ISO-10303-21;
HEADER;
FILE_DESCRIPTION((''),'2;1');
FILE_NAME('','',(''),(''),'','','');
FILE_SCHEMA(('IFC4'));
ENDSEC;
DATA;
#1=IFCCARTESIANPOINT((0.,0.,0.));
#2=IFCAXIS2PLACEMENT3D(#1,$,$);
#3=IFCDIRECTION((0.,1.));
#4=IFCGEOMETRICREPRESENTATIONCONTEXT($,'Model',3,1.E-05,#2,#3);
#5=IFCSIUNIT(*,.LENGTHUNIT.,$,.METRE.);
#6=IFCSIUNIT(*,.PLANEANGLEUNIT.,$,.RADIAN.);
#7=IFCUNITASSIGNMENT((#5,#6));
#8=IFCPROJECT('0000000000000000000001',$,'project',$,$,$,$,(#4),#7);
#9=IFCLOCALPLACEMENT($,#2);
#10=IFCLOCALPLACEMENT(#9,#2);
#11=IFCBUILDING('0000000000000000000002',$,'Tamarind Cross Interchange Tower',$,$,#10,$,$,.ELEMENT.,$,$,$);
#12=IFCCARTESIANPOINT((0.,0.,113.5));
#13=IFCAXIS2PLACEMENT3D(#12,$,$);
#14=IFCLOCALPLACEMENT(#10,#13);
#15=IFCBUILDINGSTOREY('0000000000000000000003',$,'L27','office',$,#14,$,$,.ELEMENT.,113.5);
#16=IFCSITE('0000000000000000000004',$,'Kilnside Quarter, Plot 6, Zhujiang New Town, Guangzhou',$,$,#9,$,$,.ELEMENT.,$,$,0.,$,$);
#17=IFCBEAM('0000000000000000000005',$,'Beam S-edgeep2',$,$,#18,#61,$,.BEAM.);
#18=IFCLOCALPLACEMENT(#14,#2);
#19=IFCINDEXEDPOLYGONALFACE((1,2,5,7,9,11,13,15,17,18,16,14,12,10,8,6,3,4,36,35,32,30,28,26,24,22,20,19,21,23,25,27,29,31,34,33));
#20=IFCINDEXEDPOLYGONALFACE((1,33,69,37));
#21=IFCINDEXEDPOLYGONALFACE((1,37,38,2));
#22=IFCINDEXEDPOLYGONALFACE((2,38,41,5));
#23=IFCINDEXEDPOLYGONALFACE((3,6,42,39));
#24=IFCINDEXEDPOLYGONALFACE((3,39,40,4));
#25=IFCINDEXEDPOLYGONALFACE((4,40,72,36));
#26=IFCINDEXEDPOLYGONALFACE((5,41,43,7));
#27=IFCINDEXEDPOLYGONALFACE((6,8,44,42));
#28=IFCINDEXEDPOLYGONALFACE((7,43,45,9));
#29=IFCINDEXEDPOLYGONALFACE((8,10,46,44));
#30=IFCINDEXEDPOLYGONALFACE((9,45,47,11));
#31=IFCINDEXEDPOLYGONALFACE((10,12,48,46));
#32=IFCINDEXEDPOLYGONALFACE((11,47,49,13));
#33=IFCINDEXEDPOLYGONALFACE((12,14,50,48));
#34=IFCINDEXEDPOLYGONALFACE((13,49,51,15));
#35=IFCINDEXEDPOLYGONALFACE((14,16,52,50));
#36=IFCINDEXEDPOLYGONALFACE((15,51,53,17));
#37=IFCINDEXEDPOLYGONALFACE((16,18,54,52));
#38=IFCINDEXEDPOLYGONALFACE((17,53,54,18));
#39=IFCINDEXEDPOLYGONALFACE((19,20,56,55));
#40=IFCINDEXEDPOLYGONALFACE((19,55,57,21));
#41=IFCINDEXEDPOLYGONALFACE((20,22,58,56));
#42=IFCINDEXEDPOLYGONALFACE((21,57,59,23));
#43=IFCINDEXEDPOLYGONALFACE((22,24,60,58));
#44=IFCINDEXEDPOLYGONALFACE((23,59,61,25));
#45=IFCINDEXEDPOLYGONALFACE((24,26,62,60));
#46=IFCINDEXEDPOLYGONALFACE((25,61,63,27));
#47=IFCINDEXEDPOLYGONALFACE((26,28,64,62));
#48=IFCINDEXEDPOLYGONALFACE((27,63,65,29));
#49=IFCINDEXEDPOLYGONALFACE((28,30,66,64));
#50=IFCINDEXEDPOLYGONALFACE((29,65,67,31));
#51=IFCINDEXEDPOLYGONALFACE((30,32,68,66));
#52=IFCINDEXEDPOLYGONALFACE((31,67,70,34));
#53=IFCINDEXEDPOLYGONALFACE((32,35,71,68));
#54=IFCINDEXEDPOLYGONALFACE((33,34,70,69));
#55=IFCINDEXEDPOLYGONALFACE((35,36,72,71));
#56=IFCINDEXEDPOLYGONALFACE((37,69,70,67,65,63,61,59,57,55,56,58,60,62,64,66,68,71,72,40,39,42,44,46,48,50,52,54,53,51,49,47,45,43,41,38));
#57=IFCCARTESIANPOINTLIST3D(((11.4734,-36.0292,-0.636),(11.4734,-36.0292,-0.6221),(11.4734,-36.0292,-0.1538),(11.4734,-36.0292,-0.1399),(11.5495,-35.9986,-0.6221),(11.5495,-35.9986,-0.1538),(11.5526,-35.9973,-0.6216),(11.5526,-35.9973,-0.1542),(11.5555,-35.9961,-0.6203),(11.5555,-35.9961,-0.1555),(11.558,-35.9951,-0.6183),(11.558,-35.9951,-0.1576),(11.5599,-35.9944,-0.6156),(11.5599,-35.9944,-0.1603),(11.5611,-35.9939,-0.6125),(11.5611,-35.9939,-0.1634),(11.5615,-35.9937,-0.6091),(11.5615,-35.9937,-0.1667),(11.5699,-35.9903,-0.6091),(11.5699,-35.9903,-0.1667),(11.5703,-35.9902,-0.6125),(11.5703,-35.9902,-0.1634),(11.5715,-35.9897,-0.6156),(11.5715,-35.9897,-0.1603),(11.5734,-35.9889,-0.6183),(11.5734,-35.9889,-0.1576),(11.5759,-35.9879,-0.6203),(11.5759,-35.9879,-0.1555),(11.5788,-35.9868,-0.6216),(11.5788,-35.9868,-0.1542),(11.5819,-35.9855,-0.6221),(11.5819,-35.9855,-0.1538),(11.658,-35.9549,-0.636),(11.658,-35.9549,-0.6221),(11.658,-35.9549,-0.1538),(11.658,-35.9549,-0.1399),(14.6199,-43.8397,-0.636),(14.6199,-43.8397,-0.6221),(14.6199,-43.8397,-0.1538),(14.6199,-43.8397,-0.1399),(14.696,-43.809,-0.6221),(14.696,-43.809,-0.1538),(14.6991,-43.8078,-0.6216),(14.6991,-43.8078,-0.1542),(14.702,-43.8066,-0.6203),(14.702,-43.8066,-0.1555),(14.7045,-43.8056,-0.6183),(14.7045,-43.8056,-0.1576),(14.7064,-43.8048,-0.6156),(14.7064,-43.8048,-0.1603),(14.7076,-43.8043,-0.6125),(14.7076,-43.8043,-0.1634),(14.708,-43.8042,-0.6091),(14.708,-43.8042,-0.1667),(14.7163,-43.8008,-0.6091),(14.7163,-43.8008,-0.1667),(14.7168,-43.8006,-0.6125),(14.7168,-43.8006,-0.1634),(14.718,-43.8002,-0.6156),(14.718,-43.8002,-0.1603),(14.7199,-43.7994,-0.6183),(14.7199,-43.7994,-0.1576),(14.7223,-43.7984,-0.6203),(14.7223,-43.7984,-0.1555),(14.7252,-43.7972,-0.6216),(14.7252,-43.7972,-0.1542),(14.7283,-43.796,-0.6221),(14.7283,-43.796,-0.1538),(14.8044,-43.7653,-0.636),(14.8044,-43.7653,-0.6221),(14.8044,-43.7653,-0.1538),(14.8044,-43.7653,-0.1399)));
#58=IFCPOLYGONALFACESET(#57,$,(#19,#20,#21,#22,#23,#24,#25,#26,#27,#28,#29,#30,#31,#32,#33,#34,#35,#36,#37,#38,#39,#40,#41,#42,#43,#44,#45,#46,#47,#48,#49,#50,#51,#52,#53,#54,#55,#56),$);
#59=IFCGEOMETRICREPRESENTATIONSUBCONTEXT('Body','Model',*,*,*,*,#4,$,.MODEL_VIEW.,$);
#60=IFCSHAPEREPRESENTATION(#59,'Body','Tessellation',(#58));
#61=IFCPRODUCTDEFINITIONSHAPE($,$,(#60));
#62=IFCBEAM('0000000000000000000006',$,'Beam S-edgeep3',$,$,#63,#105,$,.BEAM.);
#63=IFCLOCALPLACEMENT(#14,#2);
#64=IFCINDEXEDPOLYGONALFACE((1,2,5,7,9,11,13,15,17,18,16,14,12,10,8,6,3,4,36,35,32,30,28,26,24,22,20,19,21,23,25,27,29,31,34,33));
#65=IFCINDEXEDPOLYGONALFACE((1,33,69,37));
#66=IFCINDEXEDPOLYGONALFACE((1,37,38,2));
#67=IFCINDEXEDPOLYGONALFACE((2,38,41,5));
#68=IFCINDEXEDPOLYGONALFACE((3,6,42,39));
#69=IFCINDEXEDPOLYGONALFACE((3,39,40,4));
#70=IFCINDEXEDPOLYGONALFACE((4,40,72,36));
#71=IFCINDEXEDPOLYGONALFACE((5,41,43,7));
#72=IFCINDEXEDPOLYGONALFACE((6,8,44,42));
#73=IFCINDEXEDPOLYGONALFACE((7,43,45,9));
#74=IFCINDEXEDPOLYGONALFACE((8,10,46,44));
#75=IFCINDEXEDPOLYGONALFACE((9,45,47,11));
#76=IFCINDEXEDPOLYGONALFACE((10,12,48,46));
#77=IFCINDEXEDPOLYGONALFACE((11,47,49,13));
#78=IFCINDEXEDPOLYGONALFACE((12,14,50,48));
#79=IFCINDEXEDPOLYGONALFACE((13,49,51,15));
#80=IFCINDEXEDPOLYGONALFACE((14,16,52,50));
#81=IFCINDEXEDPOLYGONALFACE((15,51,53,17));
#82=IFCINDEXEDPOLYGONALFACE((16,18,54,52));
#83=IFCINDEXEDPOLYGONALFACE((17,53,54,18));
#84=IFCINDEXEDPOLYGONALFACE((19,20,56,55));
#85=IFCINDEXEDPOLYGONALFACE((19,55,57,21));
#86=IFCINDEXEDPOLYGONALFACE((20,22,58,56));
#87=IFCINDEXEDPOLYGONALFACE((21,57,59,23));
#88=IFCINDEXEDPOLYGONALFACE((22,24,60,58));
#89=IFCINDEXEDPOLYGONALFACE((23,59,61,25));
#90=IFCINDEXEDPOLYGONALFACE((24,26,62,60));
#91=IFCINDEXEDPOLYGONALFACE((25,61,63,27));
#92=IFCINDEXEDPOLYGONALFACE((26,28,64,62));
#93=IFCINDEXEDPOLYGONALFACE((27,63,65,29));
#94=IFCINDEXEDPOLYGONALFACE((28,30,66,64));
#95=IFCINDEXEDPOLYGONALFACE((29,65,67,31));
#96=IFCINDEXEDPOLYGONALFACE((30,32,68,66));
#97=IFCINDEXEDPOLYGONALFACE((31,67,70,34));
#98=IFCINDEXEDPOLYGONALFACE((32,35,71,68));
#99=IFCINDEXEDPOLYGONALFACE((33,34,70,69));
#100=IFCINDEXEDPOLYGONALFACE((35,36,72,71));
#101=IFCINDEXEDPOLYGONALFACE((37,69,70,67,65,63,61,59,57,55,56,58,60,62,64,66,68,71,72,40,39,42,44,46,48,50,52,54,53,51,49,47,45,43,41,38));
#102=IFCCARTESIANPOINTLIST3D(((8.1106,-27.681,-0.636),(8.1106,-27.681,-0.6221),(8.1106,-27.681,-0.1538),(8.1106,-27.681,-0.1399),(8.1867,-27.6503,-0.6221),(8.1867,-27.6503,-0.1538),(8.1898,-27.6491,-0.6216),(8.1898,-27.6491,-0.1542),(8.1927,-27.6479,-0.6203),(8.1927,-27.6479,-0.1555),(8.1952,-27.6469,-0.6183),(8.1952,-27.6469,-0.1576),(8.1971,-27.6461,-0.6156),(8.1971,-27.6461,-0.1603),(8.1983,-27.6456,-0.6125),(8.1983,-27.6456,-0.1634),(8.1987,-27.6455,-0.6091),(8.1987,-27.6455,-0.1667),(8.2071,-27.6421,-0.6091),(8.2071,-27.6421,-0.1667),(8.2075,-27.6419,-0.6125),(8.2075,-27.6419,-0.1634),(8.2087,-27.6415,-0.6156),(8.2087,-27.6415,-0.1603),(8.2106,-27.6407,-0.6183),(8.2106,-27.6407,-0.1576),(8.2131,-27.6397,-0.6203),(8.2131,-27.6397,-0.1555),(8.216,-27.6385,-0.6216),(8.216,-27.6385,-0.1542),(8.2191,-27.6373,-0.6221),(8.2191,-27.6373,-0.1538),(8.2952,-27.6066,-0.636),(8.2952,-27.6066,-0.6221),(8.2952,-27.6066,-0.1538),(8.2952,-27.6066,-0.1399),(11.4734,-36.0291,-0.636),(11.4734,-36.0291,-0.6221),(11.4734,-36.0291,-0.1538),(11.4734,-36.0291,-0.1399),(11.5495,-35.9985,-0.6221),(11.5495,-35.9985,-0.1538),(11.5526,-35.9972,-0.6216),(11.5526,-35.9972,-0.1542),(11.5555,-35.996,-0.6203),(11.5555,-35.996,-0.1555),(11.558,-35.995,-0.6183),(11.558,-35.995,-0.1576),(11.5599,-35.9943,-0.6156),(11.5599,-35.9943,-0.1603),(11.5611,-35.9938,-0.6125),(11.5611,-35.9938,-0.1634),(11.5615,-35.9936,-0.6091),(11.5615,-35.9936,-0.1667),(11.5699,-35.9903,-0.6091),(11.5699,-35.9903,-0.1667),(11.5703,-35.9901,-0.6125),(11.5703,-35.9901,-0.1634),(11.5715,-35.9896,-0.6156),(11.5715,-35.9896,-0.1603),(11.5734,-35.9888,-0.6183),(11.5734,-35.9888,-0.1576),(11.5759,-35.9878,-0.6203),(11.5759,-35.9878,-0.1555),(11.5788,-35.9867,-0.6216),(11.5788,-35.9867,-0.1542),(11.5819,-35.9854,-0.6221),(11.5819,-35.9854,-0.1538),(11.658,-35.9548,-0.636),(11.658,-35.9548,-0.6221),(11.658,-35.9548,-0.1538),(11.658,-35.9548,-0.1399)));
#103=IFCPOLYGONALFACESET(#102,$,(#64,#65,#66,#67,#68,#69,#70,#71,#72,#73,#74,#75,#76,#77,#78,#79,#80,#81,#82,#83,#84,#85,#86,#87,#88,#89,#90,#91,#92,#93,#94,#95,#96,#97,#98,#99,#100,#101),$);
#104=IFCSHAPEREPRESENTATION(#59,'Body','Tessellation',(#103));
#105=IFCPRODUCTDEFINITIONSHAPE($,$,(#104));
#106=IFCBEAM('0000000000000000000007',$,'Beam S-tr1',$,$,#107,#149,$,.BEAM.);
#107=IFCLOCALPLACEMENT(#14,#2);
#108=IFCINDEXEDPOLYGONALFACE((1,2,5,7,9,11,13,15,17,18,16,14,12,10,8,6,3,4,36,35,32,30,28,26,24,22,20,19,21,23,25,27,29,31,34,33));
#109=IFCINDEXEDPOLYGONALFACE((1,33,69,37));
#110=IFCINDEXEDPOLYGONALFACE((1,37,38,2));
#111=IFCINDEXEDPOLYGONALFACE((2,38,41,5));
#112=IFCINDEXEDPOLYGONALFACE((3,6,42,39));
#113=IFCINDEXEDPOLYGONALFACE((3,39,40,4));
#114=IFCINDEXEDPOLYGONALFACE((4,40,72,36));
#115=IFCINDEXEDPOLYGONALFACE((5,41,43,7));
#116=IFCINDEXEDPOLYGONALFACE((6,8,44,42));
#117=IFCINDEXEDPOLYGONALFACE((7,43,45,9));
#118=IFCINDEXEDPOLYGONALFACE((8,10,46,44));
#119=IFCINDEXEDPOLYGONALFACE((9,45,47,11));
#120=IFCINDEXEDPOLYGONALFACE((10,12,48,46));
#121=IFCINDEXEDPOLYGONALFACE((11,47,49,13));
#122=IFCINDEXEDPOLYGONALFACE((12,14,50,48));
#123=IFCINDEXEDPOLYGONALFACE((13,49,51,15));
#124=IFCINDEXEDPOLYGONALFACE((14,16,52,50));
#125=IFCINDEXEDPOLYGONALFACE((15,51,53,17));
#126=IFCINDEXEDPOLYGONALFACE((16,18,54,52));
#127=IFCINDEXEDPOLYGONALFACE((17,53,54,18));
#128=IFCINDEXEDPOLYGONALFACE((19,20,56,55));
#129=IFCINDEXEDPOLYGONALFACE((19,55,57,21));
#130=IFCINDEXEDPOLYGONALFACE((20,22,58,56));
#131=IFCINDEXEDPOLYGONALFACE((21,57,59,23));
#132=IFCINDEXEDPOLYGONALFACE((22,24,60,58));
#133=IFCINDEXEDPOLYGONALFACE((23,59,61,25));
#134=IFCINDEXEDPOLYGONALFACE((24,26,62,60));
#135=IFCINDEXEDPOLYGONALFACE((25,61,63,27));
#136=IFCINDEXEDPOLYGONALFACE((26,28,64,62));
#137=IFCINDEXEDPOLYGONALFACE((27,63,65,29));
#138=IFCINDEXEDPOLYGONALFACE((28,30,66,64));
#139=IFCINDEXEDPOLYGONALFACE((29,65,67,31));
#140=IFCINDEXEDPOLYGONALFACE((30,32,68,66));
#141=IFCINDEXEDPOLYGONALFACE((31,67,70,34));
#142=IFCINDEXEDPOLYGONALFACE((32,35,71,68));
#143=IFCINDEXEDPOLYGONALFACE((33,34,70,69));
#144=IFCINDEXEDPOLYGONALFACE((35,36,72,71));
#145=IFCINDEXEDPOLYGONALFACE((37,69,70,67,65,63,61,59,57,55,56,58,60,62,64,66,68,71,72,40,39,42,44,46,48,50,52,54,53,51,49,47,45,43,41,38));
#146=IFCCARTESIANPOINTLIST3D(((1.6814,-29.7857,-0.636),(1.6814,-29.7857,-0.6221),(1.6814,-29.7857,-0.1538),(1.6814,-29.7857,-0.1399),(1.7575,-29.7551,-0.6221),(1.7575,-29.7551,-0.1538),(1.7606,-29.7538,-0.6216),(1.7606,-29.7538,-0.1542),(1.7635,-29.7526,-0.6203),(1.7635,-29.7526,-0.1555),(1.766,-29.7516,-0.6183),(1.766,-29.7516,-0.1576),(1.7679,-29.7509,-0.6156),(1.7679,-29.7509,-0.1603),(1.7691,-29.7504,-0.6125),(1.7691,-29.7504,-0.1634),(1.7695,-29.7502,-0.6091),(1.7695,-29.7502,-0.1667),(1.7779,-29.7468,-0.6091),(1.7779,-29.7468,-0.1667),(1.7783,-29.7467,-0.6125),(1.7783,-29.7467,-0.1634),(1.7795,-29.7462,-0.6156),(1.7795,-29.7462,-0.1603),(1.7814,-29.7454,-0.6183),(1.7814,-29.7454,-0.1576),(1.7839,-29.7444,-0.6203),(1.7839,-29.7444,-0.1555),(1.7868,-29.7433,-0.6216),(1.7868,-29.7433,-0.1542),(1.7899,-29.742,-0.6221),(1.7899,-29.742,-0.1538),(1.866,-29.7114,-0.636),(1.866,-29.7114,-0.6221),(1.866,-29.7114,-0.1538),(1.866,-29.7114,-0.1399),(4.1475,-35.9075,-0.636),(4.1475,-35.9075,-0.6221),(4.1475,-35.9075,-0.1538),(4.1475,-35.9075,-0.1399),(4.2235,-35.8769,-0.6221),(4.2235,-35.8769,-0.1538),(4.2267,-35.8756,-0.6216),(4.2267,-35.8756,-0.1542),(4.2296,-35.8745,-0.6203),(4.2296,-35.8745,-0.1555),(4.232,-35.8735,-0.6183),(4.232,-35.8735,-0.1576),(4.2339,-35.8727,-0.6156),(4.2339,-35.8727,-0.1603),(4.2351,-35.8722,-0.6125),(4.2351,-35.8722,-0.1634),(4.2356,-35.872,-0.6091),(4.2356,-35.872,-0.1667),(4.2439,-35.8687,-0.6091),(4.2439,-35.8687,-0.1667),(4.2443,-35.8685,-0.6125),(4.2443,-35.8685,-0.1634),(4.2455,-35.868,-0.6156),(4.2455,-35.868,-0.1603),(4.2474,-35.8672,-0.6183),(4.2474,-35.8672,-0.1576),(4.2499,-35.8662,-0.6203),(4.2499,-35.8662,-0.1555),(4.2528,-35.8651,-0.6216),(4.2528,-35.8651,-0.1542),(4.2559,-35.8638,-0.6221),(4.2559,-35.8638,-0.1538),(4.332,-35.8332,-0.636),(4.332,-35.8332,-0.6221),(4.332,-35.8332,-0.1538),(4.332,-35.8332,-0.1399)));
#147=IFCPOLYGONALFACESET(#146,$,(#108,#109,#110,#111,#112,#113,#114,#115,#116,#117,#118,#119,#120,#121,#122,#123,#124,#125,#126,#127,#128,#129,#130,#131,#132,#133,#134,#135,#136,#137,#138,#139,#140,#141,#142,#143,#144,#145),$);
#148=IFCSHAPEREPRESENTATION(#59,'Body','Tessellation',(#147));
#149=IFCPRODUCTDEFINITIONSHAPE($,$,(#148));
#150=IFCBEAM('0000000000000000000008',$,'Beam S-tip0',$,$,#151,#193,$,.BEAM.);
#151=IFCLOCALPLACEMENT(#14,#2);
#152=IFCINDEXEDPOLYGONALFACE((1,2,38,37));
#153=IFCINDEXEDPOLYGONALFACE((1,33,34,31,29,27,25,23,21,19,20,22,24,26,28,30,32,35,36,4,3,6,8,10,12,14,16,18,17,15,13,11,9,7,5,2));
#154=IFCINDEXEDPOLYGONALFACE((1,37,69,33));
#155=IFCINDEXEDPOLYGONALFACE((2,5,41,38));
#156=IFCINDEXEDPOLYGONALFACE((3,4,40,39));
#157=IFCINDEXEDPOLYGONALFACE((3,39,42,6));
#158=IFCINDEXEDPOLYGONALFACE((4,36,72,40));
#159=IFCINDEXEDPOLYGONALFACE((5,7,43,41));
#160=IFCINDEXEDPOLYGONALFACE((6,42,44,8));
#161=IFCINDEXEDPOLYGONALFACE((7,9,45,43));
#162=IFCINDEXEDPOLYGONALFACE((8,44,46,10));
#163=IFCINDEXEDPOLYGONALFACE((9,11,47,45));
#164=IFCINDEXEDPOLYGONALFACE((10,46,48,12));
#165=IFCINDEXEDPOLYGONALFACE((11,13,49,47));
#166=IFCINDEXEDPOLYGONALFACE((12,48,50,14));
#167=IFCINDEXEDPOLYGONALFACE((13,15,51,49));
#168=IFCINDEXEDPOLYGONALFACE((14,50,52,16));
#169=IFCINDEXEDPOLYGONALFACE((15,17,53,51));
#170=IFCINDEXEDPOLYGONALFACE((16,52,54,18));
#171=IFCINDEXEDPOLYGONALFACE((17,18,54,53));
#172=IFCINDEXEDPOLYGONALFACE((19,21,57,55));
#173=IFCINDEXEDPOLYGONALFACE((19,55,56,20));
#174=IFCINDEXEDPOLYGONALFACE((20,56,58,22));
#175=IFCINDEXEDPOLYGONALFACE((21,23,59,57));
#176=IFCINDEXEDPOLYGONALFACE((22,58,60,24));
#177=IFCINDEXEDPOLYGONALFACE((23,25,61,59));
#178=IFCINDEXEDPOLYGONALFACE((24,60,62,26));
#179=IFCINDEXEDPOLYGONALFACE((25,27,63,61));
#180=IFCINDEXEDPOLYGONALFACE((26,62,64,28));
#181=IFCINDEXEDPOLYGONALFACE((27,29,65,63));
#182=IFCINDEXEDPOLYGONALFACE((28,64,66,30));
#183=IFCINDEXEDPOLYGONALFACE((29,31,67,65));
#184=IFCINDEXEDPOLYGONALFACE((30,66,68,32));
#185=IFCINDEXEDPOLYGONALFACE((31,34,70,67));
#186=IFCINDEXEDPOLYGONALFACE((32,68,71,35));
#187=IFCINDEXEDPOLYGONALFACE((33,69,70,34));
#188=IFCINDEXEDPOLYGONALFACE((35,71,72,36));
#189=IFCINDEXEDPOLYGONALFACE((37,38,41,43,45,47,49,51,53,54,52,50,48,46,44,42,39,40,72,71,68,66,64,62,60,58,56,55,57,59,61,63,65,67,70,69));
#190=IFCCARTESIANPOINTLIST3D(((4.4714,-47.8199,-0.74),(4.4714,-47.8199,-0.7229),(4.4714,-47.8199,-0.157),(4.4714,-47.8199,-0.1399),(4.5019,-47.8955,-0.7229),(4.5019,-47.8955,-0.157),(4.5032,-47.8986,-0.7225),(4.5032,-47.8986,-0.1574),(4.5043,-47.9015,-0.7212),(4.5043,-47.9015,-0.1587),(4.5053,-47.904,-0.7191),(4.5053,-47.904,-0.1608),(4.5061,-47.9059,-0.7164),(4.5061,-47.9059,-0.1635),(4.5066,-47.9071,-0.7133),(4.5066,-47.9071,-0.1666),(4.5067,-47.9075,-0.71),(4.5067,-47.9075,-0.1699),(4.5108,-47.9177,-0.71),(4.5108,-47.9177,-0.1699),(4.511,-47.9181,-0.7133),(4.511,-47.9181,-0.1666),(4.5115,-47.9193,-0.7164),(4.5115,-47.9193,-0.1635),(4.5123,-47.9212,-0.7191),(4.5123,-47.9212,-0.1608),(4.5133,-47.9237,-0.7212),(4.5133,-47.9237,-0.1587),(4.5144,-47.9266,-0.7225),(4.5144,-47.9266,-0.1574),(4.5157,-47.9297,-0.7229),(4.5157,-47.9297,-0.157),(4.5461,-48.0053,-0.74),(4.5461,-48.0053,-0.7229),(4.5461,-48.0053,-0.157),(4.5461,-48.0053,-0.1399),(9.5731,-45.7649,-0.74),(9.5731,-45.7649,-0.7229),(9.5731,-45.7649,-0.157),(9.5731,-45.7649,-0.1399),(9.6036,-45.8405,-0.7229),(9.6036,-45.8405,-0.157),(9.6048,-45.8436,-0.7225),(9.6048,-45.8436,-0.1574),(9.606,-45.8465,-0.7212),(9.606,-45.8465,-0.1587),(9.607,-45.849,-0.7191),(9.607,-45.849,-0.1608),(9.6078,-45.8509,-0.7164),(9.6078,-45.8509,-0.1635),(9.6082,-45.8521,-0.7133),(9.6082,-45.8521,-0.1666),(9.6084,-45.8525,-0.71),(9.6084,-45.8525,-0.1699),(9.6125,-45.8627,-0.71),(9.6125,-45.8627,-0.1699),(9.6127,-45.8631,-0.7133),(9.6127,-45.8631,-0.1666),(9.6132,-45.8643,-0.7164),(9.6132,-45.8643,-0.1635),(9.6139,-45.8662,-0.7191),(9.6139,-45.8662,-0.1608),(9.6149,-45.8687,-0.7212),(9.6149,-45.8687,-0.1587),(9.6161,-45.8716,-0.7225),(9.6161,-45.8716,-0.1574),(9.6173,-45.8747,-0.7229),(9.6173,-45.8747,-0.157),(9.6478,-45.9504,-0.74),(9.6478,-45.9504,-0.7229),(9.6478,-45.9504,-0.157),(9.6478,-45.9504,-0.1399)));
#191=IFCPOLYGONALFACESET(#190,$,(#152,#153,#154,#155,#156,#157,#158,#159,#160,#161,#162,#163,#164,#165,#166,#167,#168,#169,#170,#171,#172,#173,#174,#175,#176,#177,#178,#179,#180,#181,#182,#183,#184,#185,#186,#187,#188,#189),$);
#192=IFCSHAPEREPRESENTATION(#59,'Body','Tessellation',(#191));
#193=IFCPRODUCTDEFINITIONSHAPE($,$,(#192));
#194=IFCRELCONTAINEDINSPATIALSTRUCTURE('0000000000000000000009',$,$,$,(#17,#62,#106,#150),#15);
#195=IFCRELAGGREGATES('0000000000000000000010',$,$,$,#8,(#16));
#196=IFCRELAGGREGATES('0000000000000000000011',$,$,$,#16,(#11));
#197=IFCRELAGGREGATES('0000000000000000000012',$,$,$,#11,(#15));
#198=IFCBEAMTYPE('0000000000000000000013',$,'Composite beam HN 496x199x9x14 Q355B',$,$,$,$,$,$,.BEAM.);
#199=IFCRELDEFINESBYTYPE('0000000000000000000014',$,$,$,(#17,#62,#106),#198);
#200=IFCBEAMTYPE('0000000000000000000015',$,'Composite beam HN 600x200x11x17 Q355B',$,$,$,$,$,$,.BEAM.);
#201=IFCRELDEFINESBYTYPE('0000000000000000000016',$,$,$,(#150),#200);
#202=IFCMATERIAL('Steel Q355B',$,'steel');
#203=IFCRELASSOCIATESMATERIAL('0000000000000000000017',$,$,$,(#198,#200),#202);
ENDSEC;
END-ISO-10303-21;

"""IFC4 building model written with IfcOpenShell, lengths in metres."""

from ifc_helpers import new_model, si_unit, direction, frame, origin, origin_2d, place, context, subcontext, project, spatial, i_section, extrude, material, material_profile, profile_set, type_object, element, save


model = new_model("IFC4")

# Units and contexts
model_context = context("Model", 3, precision=1e-05, world=origin(), true_north=direction((0.0, 1.0)))
body_context = subcontext(model_context, "Body", "Model", "MODEL_VIEW")
ifc_project = project(units=[si_unit("LENGTHUNIT", "METRE"), si_unit("PLANEANGLEUNIT", "RADIAN")], contexts=[model_context])

# Site, building, storey
site_placement = place(None, origin())
site = spatial("IfcSite", under=ifc_project, at=site_placement, Name="Kilnside Quarter, Plot 6, Zhujiang New Town, Guangzhou", CompositionType="ELEMENT", RefElevation=0.0)
building_placement = place(site_placement, origin())
building = spatial("IfcBuilding", under=site, at=building_placement, Name="Tamarind Cross Interchange Tower", CompositionType="ELEMENT")
storey_placement = place(building_placement, frame((0.0, 0.0, 113.5)))
storey = spatial("IfcBuildingStorey", under=building, at=storey_placement, Name="L27", Description="office", CompositionType="ELEMENT", Elevation=113.5)

# Beams
ifc_material_1 = material(Name="Steel Q355B", Category="steel")
ifc_material_profile_1 = material_profile(ifc_material_1, i_section(OverallWidth=0.199, OverallDepth=0.4961, WebThickness=0.009, FlangeThickness=0.0139, FilletRadius=0.0129, at=origin_2d()), Name="HN 496x199x9x14")
ifc_profile_set_1 = profile_set([ifc_material_profile_1], Name="Steel Q355B")
beam_type_1 = type_object("IfcBeamType", Name="Composite beam HN 496x199x9x14 Q355B", PredefinedType="BEAM", material=ifc_profile_set_1)
beam_1_placement = place(storey_placement, frame((14.7122, -43.8025, -0.3879), z_axis=(-0.373669, 0.927562, 0.0), x_axis=(-0.927562, -0.373669, 0.0)))
element("IfcBeam", 1, at=beam_1_placement, inside=storey, type_object=beam_type_1, Name="Beam S-edgeep2", PredefinedType="BEAM", context=body_context, shape_type="SweptSolid", body=[
    extrude(i_section(OverallWidth=0.199, OverallDepth=0.4961, WebThickness=0.009, FlangeThickness=0.0139, FilletRadius=0.0129, at=origin_2d()), origin(), (0.0, 0.0, 1.0), 8.4204),
])
beam_2_placement = place(storey_placement, frame((11.5657, -35.9919, -0.3879), z_axis=(-0.373644, 0.927572, 0.0), x_axis=(-0.927572, -0.373644, 0.0)))
element("IfcBeam", 2, at=beam_2_placement, inside=storey, type_object=beam_type_1, Name="Beam S-edgeep3", PredefinedType="BEAM", context=body_context, shape_type="SweptSolid", body=[
    extrude(i_section(OverallWidth=0.199, OverallDepth=0.4961, WebThickness=0.009, FlangeThickness=0.0139, FilletRadius=0.0129, at=origin_2d()), origin(), (0.0, 0.0, 1.0), 9.0),
])
beam_3_placement = place(storey_placement, frame((1.7737, -29.7485, -0.3879), z_axis=(0.373654, -0.927568, 0.0), x_axis=(0.927568, 0.373654, 0.0)))
element("IfcBeam", 3, at=beam_3_placement, inside=storey, type_object=beam_type_1, Name="Beam S-tr1", PredefinedType="BEAM", context=body_context, shape_type="SweptSolid", body=[
    extrude(i_section(OverallWidth=0.199, OverallDepth=0.4961, WebThickness=0.009, FlangeThickness=0.0139, FilletRadius=0.0129, at=origin_2d()), origin(), (0.0, 0.0, 1.0), 6.5999),
])
ifc_material_profile_2 = material_profile(ifc_material_1, i_section(OverallWidth=0.2, OverallDepth=0.6001, WebThickness=0.011, FlangeThickness=0.0171, FilletRadius=0.0129, at=origin_2d()), Name="HN 600x200x11x17")
ifc_profile_set_2 = profile_set([ifc_material_profile_2], Name="Steel Q355B")
beam_type_2 = type_object("IfcBeamType", Name="Composite beam HN 600x200x11x17 Q355B", PredefinedType="BEAM", material=ifc_profile_set_2)
beam_4_placement = place(storey_placement, frame((4.5088, -47.9126, -0.4399), z_axis=(0.927577, 0.373632, 0.0), x_axis=(-0.373632, 0.927577, 0.0)))
element("IfcBeam", 4, at=beam_4_placement, inside=storey, type_object=beam_type_2, Name="Beam S-tip0", PredefinedType="BEAM", context=body_context, shape_type="SweptSolid", body=[
    extrude(i_section(OverallWidth=0.2, OverallDepth=0.6001, WebThickness=0.011, FlangeThickness=0.0171, FilletRadius=0.0129, at=origin_2d()), origin(), (0.0, 0.0, 1.0), 5.5),
])

save(model, "model.ifc")
